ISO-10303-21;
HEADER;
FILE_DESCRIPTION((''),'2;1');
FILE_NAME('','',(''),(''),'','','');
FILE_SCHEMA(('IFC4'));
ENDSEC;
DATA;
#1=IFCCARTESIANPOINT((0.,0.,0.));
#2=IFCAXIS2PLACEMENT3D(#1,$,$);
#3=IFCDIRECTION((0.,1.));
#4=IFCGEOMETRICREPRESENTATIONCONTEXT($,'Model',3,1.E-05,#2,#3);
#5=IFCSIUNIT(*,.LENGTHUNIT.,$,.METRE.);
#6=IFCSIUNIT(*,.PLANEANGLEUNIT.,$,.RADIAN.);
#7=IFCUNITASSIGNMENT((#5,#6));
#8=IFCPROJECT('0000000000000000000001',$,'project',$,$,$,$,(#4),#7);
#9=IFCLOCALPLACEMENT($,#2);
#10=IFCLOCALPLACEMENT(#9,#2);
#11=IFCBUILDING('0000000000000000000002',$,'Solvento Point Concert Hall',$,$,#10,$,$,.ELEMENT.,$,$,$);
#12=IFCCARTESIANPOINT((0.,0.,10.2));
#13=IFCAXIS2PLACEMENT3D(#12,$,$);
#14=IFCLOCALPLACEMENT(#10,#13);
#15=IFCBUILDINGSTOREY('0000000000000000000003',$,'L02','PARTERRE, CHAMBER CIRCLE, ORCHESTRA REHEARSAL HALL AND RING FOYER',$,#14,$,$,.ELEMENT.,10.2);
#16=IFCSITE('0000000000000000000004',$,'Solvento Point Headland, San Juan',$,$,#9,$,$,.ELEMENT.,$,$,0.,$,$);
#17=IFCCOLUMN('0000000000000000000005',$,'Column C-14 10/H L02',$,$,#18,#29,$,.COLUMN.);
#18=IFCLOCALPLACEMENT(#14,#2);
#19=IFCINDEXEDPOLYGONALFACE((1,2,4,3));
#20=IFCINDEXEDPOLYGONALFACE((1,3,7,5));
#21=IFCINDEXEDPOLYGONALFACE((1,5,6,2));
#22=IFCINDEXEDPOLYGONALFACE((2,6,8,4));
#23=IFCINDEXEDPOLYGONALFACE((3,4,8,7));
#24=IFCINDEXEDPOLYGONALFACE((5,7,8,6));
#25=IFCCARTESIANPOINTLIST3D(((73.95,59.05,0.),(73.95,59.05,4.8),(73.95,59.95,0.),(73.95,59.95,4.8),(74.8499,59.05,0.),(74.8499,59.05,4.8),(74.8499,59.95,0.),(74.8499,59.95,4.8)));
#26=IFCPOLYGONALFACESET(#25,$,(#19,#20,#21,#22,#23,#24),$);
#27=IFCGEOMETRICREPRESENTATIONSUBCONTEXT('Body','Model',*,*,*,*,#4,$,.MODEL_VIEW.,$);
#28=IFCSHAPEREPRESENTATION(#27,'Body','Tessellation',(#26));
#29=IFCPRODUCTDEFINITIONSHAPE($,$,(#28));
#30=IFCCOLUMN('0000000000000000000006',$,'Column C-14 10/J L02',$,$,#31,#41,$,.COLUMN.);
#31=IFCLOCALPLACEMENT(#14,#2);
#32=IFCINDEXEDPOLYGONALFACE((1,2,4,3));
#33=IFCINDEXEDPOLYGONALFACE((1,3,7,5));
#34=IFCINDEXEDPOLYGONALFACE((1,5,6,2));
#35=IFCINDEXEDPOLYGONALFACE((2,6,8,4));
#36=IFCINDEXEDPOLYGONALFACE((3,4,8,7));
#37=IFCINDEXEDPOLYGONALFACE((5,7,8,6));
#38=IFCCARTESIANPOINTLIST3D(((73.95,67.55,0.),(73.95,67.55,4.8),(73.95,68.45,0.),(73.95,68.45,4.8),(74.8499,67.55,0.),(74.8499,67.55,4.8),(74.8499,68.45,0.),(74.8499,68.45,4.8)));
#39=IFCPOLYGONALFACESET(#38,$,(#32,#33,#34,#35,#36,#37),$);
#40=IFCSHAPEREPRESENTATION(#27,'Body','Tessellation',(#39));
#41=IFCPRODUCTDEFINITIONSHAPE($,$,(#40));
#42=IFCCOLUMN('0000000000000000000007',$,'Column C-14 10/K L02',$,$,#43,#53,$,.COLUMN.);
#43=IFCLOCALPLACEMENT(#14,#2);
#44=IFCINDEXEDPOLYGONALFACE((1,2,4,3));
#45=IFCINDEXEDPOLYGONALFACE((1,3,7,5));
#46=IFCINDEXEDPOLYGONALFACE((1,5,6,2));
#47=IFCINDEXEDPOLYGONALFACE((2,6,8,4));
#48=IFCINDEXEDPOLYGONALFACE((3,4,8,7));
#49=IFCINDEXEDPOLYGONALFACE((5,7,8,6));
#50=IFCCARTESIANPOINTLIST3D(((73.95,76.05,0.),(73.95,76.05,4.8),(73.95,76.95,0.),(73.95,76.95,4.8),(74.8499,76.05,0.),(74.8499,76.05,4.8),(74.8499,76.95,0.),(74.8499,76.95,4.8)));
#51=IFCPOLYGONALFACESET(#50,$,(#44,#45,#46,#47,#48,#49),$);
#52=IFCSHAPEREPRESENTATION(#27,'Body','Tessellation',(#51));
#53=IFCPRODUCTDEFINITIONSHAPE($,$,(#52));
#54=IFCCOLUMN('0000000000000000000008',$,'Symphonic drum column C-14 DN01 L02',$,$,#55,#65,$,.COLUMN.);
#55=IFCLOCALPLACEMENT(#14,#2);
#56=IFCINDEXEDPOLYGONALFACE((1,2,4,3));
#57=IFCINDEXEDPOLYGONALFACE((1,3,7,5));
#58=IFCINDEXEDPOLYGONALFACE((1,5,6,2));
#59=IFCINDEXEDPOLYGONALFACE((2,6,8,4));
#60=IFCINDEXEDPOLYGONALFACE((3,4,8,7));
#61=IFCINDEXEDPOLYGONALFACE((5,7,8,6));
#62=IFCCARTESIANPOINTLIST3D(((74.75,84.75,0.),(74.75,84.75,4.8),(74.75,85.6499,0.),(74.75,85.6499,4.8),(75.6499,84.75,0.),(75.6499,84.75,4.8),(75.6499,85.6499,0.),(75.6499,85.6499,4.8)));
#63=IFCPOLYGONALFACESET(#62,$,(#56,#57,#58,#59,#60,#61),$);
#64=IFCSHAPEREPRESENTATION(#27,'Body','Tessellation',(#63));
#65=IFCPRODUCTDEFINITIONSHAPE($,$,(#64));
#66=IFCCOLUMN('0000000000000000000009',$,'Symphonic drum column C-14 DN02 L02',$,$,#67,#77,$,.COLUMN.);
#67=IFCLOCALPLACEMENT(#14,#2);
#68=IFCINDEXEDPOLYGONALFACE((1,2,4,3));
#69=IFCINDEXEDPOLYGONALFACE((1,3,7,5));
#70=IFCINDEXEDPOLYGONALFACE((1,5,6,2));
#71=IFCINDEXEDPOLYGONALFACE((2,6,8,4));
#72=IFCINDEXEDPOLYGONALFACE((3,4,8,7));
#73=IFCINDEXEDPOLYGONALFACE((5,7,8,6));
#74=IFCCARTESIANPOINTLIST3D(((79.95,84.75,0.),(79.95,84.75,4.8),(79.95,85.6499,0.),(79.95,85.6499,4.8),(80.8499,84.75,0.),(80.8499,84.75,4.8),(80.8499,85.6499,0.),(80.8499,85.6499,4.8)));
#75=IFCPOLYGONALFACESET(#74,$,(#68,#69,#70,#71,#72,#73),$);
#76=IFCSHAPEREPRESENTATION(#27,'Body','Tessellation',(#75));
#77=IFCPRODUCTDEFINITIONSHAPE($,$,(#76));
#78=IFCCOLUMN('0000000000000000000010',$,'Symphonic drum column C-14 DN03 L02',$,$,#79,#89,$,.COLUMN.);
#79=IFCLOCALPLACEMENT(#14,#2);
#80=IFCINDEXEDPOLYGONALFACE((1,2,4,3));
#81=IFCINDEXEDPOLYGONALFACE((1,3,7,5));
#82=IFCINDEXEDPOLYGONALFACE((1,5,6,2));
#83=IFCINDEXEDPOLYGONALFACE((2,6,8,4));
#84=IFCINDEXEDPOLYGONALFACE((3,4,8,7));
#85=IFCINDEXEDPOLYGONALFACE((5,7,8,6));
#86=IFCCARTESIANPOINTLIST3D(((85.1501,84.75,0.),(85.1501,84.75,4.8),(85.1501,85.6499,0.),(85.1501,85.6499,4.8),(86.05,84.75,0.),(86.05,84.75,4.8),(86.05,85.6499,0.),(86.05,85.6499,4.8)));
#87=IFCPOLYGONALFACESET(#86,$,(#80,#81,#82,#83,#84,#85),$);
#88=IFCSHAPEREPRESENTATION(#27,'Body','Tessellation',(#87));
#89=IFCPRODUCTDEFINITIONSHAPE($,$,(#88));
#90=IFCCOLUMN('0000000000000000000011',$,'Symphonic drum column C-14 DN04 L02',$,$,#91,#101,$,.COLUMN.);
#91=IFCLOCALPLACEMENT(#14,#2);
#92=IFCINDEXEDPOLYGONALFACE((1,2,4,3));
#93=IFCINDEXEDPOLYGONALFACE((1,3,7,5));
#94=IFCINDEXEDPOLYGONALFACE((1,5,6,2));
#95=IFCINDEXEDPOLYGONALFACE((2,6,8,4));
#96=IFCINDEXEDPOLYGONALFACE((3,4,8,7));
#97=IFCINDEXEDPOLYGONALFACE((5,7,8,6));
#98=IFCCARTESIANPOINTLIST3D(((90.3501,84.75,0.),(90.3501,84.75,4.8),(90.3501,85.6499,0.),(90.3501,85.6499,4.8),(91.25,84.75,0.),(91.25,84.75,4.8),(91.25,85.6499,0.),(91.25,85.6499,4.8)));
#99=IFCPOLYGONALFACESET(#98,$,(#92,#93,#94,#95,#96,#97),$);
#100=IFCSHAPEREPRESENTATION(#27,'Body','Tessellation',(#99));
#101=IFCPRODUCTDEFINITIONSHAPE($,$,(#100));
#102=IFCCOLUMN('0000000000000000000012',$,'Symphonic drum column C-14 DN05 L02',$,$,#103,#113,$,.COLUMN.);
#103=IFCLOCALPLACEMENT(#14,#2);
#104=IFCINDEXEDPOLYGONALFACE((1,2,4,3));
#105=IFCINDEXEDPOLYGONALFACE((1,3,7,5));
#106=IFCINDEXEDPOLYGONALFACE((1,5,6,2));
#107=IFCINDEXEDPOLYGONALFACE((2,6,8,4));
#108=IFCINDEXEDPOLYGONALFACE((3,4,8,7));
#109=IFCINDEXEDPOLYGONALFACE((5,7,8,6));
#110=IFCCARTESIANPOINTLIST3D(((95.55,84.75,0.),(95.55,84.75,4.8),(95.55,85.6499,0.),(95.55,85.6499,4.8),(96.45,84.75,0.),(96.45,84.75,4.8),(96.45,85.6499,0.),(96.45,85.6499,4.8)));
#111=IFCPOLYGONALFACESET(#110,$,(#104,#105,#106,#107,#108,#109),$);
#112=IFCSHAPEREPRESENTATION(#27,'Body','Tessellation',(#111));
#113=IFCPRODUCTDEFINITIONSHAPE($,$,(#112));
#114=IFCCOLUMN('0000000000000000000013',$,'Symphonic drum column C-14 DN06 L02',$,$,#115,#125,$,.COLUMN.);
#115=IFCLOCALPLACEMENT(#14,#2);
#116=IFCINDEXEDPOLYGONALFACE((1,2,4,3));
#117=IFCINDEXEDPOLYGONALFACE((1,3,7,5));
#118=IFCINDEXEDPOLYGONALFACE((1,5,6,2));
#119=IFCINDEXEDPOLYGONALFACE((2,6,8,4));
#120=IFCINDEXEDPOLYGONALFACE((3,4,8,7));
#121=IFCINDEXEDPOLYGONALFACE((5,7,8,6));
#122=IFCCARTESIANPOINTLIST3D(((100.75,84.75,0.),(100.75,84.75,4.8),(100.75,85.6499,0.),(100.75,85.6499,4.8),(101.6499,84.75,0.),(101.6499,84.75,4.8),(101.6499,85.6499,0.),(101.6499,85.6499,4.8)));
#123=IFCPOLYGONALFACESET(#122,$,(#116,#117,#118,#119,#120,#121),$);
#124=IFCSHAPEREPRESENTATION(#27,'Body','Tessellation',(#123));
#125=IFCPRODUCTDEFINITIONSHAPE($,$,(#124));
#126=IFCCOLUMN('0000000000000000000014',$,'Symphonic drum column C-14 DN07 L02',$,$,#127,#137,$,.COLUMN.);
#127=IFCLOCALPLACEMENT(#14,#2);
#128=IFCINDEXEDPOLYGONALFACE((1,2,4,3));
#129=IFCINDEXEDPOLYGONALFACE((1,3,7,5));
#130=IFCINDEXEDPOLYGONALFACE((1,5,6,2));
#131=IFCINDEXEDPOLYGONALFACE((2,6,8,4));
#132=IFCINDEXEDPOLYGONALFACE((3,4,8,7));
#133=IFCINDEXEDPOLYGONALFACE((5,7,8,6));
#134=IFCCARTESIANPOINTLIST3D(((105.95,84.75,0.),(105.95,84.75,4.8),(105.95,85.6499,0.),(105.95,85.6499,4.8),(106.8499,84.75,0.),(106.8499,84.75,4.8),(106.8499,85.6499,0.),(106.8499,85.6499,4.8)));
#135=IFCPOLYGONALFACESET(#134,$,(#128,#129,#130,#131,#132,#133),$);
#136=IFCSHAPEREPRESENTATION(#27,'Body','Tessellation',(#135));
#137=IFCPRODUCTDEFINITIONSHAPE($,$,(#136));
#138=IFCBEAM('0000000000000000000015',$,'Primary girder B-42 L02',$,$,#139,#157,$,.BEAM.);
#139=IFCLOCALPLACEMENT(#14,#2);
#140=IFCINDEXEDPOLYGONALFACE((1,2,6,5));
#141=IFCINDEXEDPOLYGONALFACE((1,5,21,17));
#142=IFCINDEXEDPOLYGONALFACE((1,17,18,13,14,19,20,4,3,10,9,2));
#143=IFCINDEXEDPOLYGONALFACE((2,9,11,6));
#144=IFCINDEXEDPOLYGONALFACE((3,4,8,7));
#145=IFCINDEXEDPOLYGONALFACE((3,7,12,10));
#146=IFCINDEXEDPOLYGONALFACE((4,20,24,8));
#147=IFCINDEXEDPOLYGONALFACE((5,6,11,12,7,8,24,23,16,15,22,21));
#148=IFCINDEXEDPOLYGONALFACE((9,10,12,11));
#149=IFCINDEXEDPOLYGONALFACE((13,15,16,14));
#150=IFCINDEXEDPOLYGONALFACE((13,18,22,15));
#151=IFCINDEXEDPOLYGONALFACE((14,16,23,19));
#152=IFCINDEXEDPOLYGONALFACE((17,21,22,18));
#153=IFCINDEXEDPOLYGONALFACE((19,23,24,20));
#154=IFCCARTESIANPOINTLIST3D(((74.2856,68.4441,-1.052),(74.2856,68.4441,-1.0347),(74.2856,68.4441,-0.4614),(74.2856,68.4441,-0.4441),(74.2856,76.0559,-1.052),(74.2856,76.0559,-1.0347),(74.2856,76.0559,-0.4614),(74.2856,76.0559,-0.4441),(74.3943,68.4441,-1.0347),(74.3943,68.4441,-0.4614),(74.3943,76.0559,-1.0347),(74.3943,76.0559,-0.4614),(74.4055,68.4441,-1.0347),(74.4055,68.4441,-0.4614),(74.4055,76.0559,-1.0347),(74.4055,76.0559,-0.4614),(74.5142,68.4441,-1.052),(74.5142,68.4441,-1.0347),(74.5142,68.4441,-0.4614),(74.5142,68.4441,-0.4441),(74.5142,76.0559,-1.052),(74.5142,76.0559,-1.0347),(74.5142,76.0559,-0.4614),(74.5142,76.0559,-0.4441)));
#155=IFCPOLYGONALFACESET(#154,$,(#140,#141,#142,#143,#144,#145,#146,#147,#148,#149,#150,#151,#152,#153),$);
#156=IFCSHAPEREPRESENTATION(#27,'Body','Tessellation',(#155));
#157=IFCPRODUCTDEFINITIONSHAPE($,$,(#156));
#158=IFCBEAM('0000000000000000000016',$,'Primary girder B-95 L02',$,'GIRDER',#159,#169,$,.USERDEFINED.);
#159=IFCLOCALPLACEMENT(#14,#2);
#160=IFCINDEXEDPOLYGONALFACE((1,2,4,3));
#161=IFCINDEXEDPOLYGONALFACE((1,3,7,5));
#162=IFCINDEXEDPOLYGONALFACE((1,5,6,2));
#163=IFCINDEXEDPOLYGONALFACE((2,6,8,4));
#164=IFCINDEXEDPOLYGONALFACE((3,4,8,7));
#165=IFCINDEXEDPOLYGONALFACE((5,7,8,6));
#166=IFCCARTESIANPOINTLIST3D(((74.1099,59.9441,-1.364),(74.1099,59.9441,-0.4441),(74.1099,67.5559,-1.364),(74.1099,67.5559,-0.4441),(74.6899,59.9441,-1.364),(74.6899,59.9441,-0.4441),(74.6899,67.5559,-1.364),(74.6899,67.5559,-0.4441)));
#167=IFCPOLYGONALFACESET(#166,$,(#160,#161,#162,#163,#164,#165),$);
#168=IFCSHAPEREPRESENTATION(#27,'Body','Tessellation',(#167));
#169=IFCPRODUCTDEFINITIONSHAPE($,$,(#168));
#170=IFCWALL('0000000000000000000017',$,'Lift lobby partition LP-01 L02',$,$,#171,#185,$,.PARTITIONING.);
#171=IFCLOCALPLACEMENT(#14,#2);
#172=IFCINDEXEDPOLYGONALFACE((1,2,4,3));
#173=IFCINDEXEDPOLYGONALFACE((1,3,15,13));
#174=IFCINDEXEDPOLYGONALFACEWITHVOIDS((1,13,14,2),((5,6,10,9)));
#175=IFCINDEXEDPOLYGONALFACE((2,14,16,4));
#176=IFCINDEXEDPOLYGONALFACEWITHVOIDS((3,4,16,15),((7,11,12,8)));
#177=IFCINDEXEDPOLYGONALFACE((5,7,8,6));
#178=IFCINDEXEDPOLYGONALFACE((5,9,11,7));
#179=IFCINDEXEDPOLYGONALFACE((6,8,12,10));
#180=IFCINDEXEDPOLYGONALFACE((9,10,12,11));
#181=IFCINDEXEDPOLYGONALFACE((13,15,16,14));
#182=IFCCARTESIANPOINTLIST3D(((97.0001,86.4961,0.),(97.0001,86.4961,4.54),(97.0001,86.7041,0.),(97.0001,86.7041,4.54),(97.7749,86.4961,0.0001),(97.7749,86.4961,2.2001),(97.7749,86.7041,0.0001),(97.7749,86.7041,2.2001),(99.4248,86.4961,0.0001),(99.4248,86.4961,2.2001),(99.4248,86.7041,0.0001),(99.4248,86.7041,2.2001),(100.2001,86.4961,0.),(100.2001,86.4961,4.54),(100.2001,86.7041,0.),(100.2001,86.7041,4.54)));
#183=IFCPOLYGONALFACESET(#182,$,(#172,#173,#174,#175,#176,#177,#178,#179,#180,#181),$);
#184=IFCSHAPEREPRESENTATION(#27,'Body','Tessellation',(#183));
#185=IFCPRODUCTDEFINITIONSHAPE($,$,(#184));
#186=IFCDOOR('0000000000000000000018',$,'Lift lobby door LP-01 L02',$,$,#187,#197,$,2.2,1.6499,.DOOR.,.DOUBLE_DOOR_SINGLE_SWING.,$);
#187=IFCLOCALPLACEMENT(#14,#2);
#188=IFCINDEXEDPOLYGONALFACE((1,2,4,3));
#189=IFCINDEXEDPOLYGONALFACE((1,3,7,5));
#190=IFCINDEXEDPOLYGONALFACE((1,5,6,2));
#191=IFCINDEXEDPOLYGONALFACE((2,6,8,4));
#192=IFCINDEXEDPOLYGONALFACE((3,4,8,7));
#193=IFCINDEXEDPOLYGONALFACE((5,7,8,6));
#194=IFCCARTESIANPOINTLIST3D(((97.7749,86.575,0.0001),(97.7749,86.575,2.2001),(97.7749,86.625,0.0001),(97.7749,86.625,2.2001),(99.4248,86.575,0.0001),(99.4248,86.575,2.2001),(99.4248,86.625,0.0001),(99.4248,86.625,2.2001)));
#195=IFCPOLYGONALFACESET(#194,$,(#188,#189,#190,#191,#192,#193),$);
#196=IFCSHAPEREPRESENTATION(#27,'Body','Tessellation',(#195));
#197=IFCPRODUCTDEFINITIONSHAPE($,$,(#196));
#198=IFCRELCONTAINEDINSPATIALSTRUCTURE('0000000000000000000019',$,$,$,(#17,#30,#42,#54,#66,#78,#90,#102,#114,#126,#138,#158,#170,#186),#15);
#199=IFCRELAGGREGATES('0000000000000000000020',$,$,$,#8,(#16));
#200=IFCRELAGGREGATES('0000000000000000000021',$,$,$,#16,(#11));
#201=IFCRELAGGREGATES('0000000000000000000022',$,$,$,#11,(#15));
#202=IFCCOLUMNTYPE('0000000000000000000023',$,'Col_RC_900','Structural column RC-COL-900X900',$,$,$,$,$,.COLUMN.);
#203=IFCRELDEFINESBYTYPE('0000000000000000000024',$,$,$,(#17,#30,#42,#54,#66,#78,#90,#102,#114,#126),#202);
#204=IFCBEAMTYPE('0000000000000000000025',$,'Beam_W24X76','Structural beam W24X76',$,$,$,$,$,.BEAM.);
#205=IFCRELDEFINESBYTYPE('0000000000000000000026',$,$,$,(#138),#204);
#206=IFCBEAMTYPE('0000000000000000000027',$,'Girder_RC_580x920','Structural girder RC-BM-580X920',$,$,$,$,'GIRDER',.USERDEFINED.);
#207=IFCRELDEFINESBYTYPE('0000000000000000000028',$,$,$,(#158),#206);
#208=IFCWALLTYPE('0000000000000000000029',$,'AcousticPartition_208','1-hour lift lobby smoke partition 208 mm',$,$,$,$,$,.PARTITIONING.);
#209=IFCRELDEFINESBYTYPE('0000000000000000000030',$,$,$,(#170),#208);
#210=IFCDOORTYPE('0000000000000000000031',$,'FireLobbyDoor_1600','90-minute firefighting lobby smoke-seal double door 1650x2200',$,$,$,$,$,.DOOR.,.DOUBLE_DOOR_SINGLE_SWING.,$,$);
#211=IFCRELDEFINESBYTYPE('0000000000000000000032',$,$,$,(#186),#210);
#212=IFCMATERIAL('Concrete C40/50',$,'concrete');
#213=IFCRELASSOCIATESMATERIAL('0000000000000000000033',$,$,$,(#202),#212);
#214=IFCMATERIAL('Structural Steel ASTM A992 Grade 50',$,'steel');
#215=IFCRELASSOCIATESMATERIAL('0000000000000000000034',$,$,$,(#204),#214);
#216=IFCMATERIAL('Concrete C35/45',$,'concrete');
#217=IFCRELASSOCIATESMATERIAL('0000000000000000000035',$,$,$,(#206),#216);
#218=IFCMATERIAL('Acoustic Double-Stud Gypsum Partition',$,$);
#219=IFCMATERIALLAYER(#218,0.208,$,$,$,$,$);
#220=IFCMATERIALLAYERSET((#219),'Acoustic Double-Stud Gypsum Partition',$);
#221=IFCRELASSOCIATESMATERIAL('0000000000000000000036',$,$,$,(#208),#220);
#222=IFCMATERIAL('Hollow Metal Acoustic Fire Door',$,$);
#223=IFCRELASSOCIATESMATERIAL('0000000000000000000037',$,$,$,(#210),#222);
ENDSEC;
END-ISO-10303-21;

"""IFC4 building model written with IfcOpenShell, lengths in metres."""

from ifc_helpers import new_model, si_unit, direction, frame, frame_2d, origin, origin_2d, place, context, subcontext, project, spatial, rectangle, i_section, extrude, material, layer, layer_set, material_profile, profile_set, type_object, element, fill, save


model = new_model("IFC4")

# Units and contexts
model_context = context("Model", 3, precision=1e-05, world=origin(), true_north=direction((0.0, 1.0)))
body_context = subcontext(model_context, "Body", "Model", "MODEL_VIEW")
ifc_project = project(units=[si_unit("LENGTHUNIT", "METRE"), si_unit("PLANEANGLEUNIT", "RADIAN")], contexts=[model_context])

# Site, building, storey
site_placement = place(None, origin())
site = spatial("IfcSite", under=ifc_project, at=site_placement, Name="Solvento Point Headland, San Juan", CompositionType="ELEMENT", RefElevation=0.0)
building_placement = place(site_placement, origin())
building = spatial("IfcBuilding", under=site, at=building_placement, Name="Solvento Point Concert Hall", CompositionType="ELEMENT")
storey_placement = place(building_placement, frame((0.0, 0.0, 10.2)))
storey = spatial("IfcBuildingStorey", under=building, at=storey_placement, Name="L02", Description="PARTERRE, CHAMBER CIRCLE, ORCHESTRA REHEARSAL HALL AND RING FOYER", CompositionType="ELEMENT", Elevation=10.2)

# Columns
ifc_material_1 = material(Name="Concrete C40/50", Category="concrete")
ifc_material_profile_1 = material_profile(ifc_material_1, rectangle(XDim=0.8999, YDim=0.8999, at=origin_2d()), Name="RC-COL-900X900")
ifc_profile_set_1 = profile_set([ifc_material_profile_1], Name="Concrete C40/50")
column_type = type_object("IfcColumnType", Name="Col_RC_900", Description="Structural column RC-COL-900X900", PredefinedType="COLUMN", material=ifc_profile_set_1)
for number, where, z_axis, x_axis, name in (
    (1, (74.3999, 59.5, 0.0), (0.0, 0.0, 1.0), (1.0, 0.0, 0.0), "Column C-14 10/H L02"),
    (2, (74.3999, 68.0, 0.0), (0.0, 0.0, 1.0), (1.0, 0.0, 0.0), "Column C-14 10/J L02"),
    (3, (74.3999, 76.5, 0.0), (0.0, 0.0, 1.0), (1.0, 0.0, 0.0), "Column C-14 10/K L02"),
    (4, (75.2, 85.2, 0.0), (0.0, 0.0, 1.0), (1.0, 0.0, 0.0), "Symphonic drum column C-14 DN01 L02"),
    (5, (80.3999, 85.2, 0.0), (0.0, 0.0, 1.0), (1.0, 0.0, 0.0), "Symphonic drum column C-14 DN02 L02"),
    (6, (85.6001, 85.2, 0.0), (0.0, 0.0, 1.0), (1.0, 0.0, 0.0), "Symphonic drum column C-14 DN03 L02"),
    (7, (90.8, 85.2, 0.0), (0.0, 0.0, 1.0), (1.0, 0.0, 0.0), "Symphonic drum column C-14 DN04 L02"),
    (8, (96.0, 85.2, 0.0), (0.0, 0.0, 1.0), (1.0, 0.0, 0.0), "Symphonic drum column C-14 DN05 L02"),
    (9, (101.2, 85.2, 0.0), (0.0, 0.0, 1.0), (1.0, 0.0, 0.0), "Symphonic drum column C-14 DN06 L02"),
    (10, (106.3999, 85.2, 0.0), (0.0, 0.0, 1.0), (1.0, 0.0, 0.0), "Symphonic drum column C-14 DN07 L02"),
):
    element("IfcColumn", number, at=place(storey_placement, frame(where, z_axis=z_axis, x_axis=x_axis)), inside=storey, type_object=column_type, Name=name, PredefinedType="COLUMN", context=body_context, shape_type="SweptSolid", body=[
        extrude(rectangle(XDim=0.8999, YDim=0.8999, at=origin_2d()), origin(), (0.0, 0.0, 1.0), 4.8),
    ])

# Beams
ifc_material_2 = material(Name="Structural Steel ASTM A992 Grade 50", Category="steel")
ifc_material_profile_2 = material_profile(ifc_material_2, i_section(OverallWidth=0.2285, OverallDepth=0.6079, WebThickness=0.0112, FlangeThickness=0.0173, at=origin_2d()), Name="W24X76")
ifc_profile_set_2 = profile_set([ifc_material_profile_2], Name="Structural Steel ASTM A992 Grade 50")
beam_type_1 = type_object("IfcBeamType", Name="Beam_W24X76", Description="Structural beam W24X76", PredefinedType="BEAM", material=ifc_profile_set_2)
beam_1_placement = place(storey_placement, frame((74.3999, 68.4441, -0.748), z_axis=(0.0, 1.0, 0.0), x_axis=(-1.0, 0.0, 0.0)))
element("IfcBeam", 11, at=beam_1_placement, inside=storey, type_object=beam_type_1, Name="Primary girder B-42 L02", PredefinedType="BEAM", context=body_context, shape_type="SweptSolid", body=[
    extrude(i_section(OverallWidth=0.2285, OverallDepth=0.6079, WebThickness=0.0112, FlangeThickness=0.0173, at=origin_2d()), origin(), (0.0, 0.0, 1.0), 7.6118),
])
ifc_material_3 = material(Name="Concrete C35/45", Category="concrete")
ifc_material_profile_3 = material_profile(ifc_material_3, rectangle(XDim=0.5801, YDim=0.9199, at=origin_2d()), Name="RC-BM-580X920")
ifc_profile_set_3 = profile_set([ifc_material_profile_3], Name="Concrete C35/45")
beam_type_2 = type_object("IfcBeamType", Name="Girder_RC_580x920", Description="Structural girder RC-BM-580X920", ElementType="GIRDER", PredefinedType="USERDEFINED", material=ifc_profile_set_3)
beam_2_placement = place(storey_placement, frame((74.3999, 59.9441, -0.9041), z_axis=(0.0, 1.0, 0.0), x_axis=(-1.0, 0.0, 0.0)))
element("IfcBeam", 12, at=beam_2_placement, inside=storey, type_object=beam_type_2, Name="Primary girder B-95 L02", ObjectType="GIRDER", PredefinedType="USERDEFINED", context=body_context, shape_type="SweptSolid", body=[
    extrude(rectangle(XDim=0.5801, YDim=0.9199, at=origin_2d()), origin(), (0.0, 0.0, 1.0), 7.6118),
])

# Wall, opening, door
ifc_material_4 = material(Name="Acoustic Double-Stud Gypsum Partition")
ifc_layer_1 = layer(ifc_material_4, 0.208)
ifc_layer_set_1 = layer_set([ifc_layer_1], Name="Acoustic Double-Stud Gypsum Partition")
wall_type_1 = type_object("IfcWallType", Name="AcousticPartition_208", Description="1-hour lift lobby smoke partition 208 mm", PredefinedType="PARTITIONING", material=ifc_layer_set_1)
wall_1_placement = place(storey_placement, frame((97.0, 86.6001, 0.0), z_axis=(0.0, 0.0, 1.0), x_axis=(1.0, 0.0, 0.0)))
wall_1 = element("IfcWall", 13, at=wall_1_placement, inside=storey, type_object=wall_type_1, Name="Lift lobby partition LP-01 L02", PredefinedType="PARTITIONING", context=body_context, shape_type="SweptSolid", body=[
    extrude(rectangle(XDim=3.2, YDim=0.208, at=frame_2d((1.6001, 0.0))), origin(), (0.0, 0.0, 1.0), 4.54),
])
opening_1_placement = place(wall_1_placement, frame((0.7749, 0.0, 0.0)))
opening_1 = element("IfcOpeningElement", 14, at=opening_1_placement, cuts=wall_1, PredefinedType="OPENING", context=body_context, shape_type="SweptSolid", body=[
    extrude(rectangle(XDim=1.6499, YDim=2.2, at=frame_2d((0.825, 1.1001))), frame((0.0, 0.114, 0.0), z_axis=(0.0, -1.0, 0.0), x_axis=(1.0, 0.0, 0.0)), (0.0, 0.0, 1.0), 0.228),
])
ifc_material_5 = material(Name="Hollow Metal Acoustic Fire Door")
door_type_1 = type_object("IfcDoorType", Name="FireLobbyDoor_1600", Description="90-minute firefighting lobby smoke-seal double door 1650x2200", OperationType="DOUBLE_DOOR_SINGLE_SWING", PredefinedType="DOOR", material=ifc_material_5)
door_1_placement = place(opening_1_placement, origin())
door_1 = element("IfcDoor", 15, at=door_1_placement, inside=storey, type_object=door_type_1, Name="Lift lobby door LP-01 L02", OperationType="DOUBLE_DOOR_SINGLE_SWING", OverallHeight=2.2, OverallWidth=1.6499, PredefinedType="DOOR", context=body_context, shape_type="SweptSolid", body=[
    extrude(rectangle(XDim=1.6499, YDim=2.2, at=frame_2d((0.825, 1.1001))), frame((0.0, 0.0249, 0.0), z_axis=(0.0, -1.0, 0.0), x_axis=(1.0, 0.0, 0.0)), (0.0, 0.0, 1.0), 0.05),
])
fill(opening_1, door_1)

save(model, "model.ifc")
